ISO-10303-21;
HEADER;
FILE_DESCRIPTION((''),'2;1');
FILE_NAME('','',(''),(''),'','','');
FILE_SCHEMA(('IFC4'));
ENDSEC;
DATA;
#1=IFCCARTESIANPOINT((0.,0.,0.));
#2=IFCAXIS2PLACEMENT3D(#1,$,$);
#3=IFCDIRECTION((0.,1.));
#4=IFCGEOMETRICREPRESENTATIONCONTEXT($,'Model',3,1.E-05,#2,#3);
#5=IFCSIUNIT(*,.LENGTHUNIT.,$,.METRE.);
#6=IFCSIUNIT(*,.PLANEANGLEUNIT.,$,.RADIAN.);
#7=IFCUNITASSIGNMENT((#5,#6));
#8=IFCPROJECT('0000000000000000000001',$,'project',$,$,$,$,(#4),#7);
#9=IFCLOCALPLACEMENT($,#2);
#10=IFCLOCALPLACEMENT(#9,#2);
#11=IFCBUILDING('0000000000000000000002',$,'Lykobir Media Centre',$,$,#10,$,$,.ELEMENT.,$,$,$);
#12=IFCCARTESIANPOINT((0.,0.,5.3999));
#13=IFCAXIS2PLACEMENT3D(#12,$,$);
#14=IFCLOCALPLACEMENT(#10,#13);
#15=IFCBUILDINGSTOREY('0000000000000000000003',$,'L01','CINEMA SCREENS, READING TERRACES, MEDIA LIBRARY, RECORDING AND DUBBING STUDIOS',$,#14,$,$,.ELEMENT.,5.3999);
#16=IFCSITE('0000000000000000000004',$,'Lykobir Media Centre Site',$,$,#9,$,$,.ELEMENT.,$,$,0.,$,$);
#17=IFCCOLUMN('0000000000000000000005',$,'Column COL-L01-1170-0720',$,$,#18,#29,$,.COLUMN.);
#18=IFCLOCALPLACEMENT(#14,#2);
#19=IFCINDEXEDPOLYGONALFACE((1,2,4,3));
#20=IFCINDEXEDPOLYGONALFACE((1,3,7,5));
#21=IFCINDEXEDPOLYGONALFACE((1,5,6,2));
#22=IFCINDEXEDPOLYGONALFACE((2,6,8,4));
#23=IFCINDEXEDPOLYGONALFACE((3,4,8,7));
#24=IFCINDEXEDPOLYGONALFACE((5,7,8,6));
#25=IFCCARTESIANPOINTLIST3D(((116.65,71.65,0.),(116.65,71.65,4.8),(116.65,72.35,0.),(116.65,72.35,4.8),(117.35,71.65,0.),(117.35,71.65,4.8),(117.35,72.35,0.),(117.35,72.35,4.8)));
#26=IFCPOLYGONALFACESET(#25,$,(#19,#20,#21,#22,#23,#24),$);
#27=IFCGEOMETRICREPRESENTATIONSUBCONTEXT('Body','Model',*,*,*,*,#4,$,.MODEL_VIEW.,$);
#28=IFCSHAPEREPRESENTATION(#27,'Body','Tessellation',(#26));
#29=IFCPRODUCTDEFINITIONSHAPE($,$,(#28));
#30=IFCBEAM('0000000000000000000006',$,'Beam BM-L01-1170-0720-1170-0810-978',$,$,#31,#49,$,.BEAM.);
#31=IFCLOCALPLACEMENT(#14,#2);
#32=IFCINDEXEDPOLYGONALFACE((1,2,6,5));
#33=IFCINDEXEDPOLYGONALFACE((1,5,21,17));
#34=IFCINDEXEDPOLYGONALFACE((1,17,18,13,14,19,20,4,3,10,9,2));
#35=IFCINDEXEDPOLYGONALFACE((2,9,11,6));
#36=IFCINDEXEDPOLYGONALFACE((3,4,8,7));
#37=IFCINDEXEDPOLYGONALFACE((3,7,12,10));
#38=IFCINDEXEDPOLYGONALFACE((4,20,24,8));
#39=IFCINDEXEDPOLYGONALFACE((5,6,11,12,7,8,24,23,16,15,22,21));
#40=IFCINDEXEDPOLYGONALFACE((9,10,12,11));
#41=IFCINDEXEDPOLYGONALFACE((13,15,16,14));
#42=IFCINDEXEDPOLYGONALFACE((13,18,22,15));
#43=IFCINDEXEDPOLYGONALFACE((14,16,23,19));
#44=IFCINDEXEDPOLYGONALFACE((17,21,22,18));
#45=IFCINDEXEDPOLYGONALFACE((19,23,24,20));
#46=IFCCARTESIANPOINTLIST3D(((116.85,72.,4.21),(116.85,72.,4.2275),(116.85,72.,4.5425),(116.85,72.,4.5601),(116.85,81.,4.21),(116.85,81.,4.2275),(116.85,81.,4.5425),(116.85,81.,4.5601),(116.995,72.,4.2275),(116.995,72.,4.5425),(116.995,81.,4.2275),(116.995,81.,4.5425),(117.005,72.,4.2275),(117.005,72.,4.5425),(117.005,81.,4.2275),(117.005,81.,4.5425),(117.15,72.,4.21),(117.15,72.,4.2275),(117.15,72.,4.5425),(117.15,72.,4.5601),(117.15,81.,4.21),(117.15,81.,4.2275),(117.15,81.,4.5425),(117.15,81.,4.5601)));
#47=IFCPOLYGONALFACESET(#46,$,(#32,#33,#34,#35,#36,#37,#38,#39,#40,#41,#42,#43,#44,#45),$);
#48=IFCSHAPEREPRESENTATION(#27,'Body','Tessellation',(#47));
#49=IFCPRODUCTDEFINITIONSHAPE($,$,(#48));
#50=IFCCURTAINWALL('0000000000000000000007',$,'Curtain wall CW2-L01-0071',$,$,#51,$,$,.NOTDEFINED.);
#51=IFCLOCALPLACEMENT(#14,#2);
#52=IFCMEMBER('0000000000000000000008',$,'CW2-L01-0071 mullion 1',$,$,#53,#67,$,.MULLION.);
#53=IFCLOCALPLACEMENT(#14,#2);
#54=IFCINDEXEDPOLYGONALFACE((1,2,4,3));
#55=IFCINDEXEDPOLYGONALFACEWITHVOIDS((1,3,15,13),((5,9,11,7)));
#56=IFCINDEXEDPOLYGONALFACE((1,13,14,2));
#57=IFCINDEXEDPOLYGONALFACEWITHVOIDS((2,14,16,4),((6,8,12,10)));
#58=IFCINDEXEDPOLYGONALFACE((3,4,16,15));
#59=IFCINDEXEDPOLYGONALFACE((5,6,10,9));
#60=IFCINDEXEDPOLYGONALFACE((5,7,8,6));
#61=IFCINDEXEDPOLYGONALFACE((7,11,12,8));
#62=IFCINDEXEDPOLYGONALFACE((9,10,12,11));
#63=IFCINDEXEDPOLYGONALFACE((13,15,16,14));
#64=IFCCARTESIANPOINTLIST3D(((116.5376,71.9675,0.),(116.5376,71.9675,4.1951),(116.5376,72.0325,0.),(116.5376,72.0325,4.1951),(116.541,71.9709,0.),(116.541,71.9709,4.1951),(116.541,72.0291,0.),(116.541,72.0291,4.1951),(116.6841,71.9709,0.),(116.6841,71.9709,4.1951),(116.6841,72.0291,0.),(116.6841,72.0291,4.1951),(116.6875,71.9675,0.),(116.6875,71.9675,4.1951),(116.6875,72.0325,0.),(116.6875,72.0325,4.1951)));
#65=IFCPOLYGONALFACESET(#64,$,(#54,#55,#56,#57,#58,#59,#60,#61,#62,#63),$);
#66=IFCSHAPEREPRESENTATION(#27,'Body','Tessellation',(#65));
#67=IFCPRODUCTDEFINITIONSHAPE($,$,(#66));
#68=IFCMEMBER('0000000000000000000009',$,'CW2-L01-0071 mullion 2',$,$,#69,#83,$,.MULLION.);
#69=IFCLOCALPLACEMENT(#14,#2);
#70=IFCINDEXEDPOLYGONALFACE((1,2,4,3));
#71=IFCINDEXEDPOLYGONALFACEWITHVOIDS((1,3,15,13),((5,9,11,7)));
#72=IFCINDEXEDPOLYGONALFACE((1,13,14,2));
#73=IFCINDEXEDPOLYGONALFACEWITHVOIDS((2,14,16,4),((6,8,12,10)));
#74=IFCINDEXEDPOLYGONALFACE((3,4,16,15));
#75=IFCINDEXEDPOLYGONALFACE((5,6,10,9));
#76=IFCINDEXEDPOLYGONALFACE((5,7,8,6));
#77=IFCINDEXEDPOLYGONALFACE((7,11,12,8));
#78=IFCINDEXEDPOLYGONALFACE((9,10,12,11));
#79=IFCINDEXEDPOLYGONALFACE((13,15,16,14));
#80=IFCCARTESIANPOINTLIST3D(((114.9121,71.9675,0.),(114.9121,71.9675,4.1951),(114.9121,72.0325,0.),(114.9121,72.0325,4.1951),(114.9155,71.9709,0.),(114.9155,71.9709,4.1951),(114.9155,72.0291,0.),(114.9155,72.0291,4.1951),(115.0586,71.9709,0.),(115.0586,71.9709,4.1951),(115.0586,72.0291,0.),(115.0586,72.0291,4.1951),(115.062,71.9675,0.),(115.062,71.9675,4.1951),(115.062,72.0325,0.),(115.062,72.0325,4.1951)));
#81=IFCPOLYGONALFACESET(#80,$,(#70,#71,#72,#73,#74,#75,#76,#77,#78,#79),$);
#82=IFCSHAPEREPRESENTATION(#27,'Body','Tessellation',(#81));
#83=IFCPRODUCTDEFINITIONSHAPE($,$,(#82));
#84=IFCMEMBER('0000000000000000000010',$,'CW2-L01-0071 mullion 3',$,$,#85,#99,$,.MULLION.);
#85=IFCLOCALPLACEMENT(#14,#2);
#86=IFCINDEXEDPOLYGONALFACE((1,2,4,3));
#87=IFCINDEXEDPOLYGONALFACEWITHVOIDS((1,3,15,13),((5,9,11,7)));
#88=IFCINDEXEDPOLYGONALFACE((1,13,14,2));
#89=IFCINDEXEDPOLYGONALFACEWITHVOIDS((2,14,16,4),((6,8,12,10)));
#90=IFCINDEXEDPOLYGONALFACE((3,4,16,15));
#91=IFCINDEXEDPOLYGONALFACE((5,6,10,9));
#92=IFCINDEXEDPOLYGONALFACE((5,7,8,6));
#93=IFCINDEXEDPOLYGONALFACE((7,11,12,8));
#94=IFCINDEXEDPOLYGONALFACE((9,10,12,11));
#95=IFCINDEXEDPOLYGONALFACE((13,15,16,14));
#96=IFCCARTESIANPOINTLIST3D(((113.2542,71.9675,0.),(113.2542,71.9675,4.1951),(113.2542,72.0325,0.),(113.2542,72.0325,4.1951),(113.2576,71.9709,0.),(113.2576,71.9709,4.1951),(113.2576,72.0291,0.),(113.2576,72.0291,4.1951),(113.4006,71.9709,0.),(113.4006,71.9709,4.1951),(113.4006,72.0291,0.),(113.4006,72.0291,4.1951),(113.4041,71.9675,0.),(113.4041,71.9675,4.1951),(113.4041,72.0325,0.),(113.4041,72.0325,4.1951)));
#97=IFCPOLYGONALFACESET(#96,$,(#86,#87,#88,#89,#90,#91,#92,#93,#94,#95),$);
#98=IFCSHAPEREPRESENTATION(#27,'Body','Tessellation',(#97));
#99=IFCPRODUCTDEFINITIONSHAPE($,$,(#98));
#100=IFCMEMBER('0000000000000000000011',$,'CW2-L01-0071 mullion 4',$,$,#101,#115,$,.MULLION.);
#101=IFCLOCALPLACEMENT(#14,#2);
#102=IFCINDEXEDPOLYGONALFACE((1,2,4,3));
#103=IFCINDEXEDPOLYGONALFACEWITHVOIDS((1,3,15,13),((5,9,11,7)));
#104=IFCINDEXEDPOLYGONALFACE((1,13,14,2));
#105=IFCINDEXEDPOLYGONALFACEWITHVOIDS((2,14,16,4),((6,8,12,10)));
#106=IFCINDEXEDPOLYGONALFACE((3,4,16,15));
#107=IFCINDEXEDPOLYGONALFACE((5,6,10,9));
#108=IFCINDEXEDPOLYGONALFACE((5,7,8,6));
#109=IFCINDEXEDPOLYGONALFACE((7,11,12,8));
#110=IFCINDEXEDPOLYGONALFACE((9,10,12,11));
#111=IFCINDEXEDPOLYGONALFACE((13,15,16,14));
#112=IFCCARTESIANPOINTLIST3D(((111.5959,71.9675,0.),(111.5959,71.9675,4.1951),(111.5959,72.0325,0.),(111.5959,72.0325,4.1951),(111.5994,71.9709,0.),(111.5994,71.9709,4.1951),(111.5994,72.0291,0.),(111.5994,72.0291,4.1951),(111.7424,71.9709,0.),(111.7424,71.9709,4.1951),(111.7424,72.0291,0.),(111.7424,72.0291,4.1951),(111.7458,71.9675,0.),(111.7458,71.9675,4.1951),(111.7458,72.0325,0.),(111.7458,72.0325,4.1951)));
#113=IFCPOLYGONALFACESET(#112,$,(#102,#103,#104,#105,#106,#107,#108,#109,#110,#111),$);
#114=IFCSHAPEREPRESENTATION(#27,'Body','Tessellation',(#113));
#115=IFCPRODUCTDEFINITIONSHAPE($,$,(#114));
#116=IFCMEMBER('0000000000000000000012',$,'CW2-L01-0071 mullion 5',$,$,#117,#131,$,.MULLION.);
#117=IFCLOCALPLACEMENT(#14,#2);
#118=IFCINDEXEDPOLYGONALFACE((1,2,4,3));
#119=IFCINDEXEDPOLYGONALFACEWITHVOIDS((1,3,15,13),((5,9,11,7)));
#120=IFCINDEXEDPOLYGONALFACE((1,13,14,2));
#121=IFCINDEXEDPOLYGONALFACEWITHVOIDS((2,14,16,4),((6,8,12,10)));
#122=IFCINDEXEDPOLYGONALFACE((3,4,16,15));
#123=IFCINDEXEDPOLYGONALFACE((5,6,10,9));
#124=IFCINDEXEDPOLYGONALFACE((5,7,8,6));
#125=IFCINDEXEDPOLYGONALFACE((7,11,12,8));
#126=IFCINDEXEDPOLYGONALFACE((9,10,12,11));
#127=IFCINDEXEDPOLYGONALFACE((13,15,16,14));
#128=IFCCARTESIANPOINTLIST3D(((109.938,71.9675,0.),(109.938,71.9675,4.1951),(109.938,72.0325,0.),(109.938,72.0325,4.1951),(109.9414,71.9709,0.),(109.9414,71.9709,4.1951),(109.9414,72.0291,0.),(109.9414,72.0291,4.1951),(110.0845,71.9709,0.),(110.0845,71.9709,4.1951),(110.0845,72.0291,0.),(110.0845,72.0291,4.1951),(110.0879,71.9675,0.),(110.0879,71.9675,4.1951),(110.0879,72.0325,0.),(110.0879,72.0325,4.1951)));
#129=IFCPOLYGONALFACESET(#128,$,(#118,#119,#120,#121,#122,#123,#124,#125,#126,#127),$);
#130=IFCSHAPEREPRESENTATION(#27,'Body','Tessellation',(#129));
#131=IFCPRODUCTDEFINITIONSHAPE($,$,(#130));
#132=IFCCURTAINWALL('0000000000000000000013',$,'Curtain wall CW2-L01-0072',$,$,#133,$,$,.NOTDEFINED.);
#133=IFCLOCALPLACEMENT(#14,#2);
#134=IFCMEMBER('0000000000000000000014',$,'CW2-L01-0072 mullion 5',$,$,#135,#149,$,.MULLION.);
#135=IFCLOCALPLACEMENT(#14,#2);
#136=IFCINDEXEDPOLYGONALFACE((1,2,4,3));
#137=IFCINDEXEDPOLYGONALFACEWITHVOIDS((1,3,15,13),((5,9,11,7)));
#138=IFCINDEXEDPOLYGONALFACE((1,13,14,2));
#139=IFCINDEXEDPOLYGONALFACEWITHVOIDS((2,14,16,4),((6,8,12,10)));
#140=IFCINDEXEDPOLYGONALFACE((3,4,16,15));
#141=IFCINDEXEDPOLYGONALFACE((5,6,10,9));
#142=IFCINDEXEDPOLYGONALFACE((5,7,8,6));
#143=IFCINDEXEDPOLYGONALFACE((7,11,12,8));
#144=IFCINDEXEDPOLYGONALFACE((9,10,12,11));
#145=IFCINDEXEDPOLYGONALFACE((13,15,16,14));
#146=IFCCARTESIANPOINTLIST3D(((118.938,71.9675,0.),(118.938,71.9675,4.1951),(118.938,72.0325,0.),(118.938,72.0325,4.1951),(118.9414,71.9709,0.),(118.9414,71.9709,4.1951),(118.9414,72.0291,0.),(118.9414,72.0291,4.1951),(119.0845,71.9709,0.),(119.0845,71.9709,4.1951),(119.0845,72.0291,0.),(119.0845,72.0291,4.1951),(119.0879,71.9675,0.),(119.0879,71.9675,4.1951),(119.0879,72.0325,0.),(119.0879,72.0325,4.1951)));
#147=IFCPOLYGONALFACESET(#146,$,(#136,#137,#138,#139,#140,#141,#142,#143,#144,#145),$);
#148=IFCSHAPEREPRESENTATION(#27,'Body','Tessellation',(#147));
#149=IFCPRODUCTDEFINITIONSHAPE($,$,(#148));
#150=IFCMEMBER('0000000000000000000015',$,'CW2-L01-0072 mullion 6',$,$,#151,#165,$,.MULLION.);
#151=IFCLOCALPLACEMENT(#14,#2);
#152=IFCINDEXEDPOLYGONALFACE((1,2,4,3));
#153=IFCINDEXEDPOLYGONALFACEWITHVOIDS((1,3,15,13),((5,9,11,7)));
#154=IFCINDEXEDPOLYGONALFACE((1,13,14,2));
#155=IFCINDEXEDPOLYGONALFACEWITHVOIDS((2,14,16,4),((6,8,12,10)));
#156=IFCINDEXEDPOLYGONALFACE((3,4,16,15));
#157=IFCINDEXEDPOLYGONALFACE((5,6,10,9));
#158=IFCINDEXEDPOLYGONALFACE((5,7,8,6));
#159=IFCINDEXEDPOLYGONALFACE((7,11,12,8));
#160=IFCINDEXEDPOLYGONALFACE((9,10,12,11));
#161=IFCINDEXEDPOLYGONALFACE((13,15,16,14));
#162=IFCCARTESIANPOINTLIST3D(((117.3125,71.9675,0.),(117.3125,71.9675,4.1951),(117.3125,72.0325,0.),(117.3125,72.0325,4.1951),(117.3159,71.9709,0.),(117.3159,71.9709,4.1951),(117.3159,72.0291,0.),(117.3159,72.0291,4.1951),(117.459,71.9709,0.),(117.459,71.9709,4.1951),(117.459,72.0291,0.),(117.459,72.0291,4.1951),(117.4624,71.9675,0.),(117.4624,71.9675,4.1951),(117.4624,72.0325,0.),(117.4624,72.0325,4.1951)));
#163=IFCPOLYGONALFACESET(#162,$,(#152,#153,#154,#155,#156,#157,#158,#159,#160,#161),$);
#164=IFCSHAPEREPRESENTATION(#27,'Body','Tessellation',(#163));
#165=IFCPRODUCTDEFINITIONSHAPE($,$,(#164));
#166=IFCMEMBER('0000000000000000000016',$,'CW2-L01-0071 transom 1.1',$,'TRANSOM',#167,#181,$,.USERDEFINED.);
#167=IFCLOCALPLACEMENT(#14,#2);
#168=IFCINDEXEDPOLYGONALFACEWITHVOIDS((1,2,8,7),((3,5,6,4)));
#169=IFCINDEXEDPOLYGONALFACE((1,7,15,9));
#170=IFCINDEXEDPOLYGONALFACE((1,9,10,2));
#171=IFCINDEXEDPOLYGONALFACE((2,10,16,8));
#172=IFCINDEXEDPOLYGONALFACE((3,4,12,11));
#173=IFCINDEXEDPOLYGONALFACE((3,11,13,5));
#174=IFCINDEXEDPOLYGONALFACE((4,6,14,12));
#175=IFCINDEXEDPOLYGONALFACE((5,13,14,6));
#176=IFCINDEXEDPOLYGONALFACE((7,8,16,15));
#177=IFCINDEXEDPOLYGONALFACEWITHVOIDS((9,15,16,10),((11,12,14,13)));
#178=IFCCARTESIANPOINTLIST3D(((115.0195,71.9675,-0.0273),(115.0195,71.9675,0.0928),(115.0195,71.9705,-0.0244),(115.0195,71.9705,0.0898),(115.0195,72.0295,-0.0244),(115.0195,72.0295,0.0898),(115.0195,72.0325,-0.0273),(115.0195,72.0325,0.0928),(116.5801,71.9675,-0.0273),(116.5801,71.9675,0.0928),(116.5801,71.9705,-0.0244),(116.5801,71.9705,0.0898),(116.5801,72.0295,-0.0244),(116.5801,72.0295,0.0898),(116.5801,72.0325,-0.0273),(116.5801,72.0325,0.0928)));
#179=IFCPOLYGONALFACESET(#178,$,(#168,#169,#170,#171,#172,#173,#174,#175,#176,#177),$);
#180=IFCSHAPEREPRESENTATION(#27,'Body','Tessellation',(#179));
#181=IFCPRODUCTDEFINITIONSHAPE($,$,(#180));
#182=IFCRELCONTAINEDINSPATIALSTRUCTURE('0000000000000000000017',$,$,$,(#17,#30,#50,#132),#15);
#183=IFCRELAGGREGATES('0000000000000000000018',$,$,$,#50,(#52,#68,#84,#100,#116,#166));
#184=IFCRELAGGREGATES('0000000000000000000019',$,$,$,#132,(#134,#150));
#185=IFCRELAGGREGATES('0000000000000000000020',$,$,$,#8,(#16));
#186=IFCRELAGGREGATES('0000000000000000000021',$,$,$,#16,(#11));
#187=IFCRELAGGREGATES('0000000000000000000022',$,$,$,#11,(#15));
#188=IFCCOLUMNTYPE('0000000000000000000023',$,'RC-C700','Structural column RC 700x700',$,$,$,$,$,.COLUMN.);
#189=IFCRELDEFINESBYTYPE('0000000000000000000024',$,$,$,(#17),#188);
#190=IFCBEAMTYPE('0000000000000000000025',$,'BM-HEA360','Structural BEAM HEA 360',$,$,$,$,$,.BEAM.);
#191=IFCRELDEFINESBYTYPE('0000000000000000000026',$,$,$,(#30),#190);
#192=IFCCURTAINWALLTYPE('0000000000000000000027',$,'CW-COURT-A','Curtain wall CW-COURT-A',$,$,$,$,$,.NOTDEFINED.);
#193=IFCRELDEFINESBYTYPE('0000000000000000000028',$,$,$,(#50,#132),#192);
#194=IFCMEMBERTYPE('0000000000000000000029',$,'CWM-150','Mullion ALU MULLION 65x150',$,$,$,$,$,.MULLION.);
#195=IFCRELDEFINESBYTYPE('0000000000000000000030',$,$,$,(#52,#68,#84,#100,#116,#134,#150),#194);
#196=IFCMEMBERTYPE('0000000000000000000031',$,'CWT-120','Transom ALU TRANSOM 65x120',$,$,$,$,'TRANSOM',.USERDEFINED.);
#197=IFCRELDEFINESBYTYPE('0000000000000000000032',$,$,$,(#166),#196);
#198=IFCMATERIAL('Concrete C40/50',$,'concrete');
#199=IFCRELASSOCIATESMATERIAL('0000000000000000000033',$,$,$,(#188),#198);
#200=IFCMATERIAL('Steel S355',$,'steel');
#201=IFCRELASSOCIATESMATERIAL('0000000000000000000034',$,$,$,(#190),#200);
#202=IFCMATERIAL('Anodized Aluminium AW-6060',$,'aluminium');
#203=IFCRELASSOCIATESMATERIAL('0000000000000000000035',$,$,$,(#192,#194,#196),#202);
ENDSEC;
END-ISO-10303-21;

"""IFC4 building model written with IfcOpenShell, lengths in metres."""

from ifc_helpers import new_model, si_unit, direction, frame, origin, origin_2d, place, context, subcontext, project, spatial, rectangle, hollow_rectangle, i_section, extrude, material, material_profile, profile_set, type_object, element, aggregate, save


model = new_model("IFC4")

# Units and contexts
model_context = context("Model", 3, precision=1e-05, world=origin(), true_north=direction((0.0, 1.0)))
body_context = subcontext(model_context, "Body", "Model", "MODEL_VIEW")
ifc_project = project(units=[si_unit("LENGTHUNIT", "METRE"), si_unit("PLANEANGLEUNIT", "RADIAN")], contexts=[model_context])

# Site, building, storey
site_placement = place(None, origin())
site = spatial("IfcSite", under=ifc_project, at=site_placement, Name="Lykobir Media Centre Site", CompositionType="ELEMENT", RefElevation=0.0)
building_placement = place(site_placement, origin())
building = spatial("IfcBuilding", under=site, at=building_placement, Name="Lykobir Media Centre", CompositionType="ELEMENT")
storey_placement = place(building_placement, frame((0.0, 0.0, 5.3999)))
storey = spatial("IfcBuildingStorey", under=building, at=storey_placement, Name="L01", Description="CINEMA SCREENS, READING TERRACES, MEDIA LIBRARY, RECORDING AND DUBBING STUDIOS", CompositionType="ELEMENT", Elevation=5.3999)

# Column
ifc_material_1 = material(Name="Concrete C40/50", Category="concrete")
ifc_material_profile_1 = material_profile(ifc_material_1, rectangle(XDim=0.7, YDim=0.7, at=origin_2d()), Name="RC 700x700")
ifc_profile_set_1 = profile_set([ifc_material_profile_1], Name="Concrete C40/50")
column_type = type_object("IfcColumnType", Name="RC-C700", Description="Structural column RC 700x700", PredefinedType="COLUMN", material=ifc_profile_set_1)
column_placement = place(storey_placement, frame((117.0, 72.0, 0.0), z_axis=(0.0, 0.0, 1.0), x_axis=(1.0, 0.0, 0.0)))
element("IfcColumn", 1, at=column_placement, inside=storey, type_object=column_type, Name="Column COL-L01-1170-0720", PredefinedType="COLUMN", context=body_context, shape_type="SweptSolid", body=[
    extrude(rectangle(XDim=0.7, YDim=0.7, at=origin_2d()), origin(), (0.0, 0.0, 1.0), 4.8),
])

# Beam
ifc_material_2 = material(Name="Steel S355", Category="steel")
ifc_material_profile_2 = material_profile(ifc_material_2, i_section(OverallWidth=0.3, OverallDepth=0.3501, WebThickness=0.01, FlangeThickness=0.0176, at=origin_2d()), Name="HEA 360")
ifc_profile_set_2 = profile_set([ifc_material_profile_2], Name="Steel S355")
beam_type_1 = type_object("IfcBeamType", Name="BM-HEA360", Description="Structural BEAM HEA 360", PredefinedType="BEAM", material=ifc_profile_set_2)
beam_1_placement = place(storey_placement, frame((117.0, 72.0, 4.385), z_axis=(0.0, 1.0, 0.0), x_axis=(-1.0, 0.0, 0.0)))
element("IfcBeam", 2, at=beam_1_placement, inside=storey, type_object=beam_type_1, Name="Beam BM-L01-1170-0720-1170-0810-978", PredefinedType="BEAM", context=body_context, shape_type="SweptSolid", body=[
    extrude(i_section(OverallWidth=0.3, OverallDepth=0.3501, WebThickness=0.01, FlangeThickness=0.0176, at=origin_2d()), origin(), (0.0, 0.0, 1.0), 9.0),
])

# Curtain walls, members
ifc_material_3 = material(Name="Anodized Aluminium AW-6060", Category="aluminium")
curtain_wall_type = type_object("IfcCurtainWallType", Name="CW-COURT-A", Description="Curtain wall CW-COURT-A", PredefinedType="NOTDEFINED", material=ifc_material_3)
curtain_wall_1_placement = place(storey_placement, origin())
curtain_wall_1 = element("IfcCurtainWall", 3, at=curtain_wall_1_placement, inside=storey, type_object=curtain_wall_type, Name="Curtain wall CW2-L01-0071", PredefinedType="NOTDEFINED")
ifc_material_profile_3 = material_profile(ifc_material_3, hollow_rectangle(XDim=0.0649, YDim=0.1499, WallThickness=0.0034, at=origin_2d()), Name="ALU MULLION 65x150")
ifc_profile_set_3 = profile_set([ifc_material_profile_3], Name="Anodized Aluminium AW-6060")
member_type_1 = type_object("IfcMemberType", Name="CWM-150", Description="Mullion ALU MULLION 65x150", PredefinedType="MULLION", material=ifc_profile_set_3)
member_1_placement = place(storey_placement, frame((116.6125, 72.0, 0.0), z_axis=(0.0, 0.0, 1.0), x_axis=(0.0, -1.0, 0.0)))
member_1 = element("IfcMember", 4, at=member_1_placement, type_object=member_type_1, Name="CW2-L01-0071 mullion 1", PredefinedType="MULLION", context=body_context, shape_type="SweptSolid", body=[
    extrude(hollow_rectangle(XDim=0.0649, YDim=0.1499, WallThickness=0.0034, at=origin_2d()), origin(), (0.0, 0.0, 1.0), 4.1951),
])
member_2_placement = place(storey_placement, frame((114.9871, 72.0, 0.0), z_axis=(0.0, 0.0, 1.0), x_axis=(0.0, -1.0, 0.0)))
member_2 = element("IfcMember", 5, at=member_2_placement, type_object=member_type_1, Name="CW2-L01-0071 mullion 2", PredefinedType="MULLION", context=body_context, shape_type="SweptSolid", body=[
    extrude(hollow_rectangle(XDim=0.0649, YDim=0.1499, WallThickness=0.0034, at=origin_2d()), origin(), (0.0, 0.0, 1.0), 4.1951),
])
member_3_placement = place(storey_placement, frame((113.3291, 72.0, 0.0), z_axis=(0.0, 0.0, 1.0), x_axis=(0.0, -1.0, 0.0)))
member_3 = element("IfcMember", 6, at=member_3_placement, type_object=member_type_1, Name="CW2-L01-0071 mullion 3", PredefinedType="MULLION", context=body_context, shape_type="SweptSolid", body=[
    extrude(hollow_rectangle(XDim=0.0649, YDim=0.1499, WallThickness=0.0034, at=origin_2d()), origin(), (0.0, 0.0, 1.0), 4.1951),
])
member_4_placement = place(storey_placement, frame((111.6709, 72.0, 0.0), z_axis=(0.0, 0.0, 1.0), x_axis=(0.0, -1.0, 0.0)))
member_4 = element("IfcMember", 7, at=member_4_placement, type_object=member_type_1, Name="CW2-L01-0071 mullion 4", PredefinedType="MULLION", context=body_context, shape_type="SweptSolid", body=[
    extrude(hollow_rectangle(XDim=0.0649, YDim=0.1499, WallThickness=0.0034, at=origin_2d()), origin(), (0.0, 0.0, 1.0), 4.1951),
])
member_5_placement = place(storey_placement, frame((110.0129, 72.0, 0.0), z_axis=(0.0, 0.0, 1.0), x_axis=(0.0, -1.0, 0.0)))
member_5 = element("IfcMember", 8, at=member_5_placement, type_object=member_type_1, Name="CW2-L01-0071 mullion 5", PredefinedType="MULLION", context=body_context, shape_type="SweptSolid", body=[
    extrude(hollow_rectangle(XDim=0.0649, YDim=0.1499, WallThickness=0.0034, at=origin_2d()), origin(), (0.0, 0.0, 1.0), 4.1951),
])
curtain_wall_2_placement = place(storey_placement, origin())
curtain_wall_2 = element("IfcCurtainWall", 9, at=curtain_wall_2_placement, inside=storey, type_object=curtain_wall_type, Name="Curtain wall CW2-L01-0072", PredefinedType="NOTDEFINED")
member_6_placement = place(storey_placement, frame((119.0129, 72.0, 0.0), z_axis=(0.0, 0.0, 1.0), x_axis=(0.0, -1.0, 0.0)))
member_6 = element("IfcMember", 10, at=member_6_placement, type_object=member_type_1, Name="CW2-L01-0072 mullion 5", PredefinedType="MULLION", context=body_context, shape_type="SweptSolid", body=[
    extrude(hollow_rectangle(XDim=0.0649, YDim=0.1499, WallThickness=0.0034, at=origin_2d()), origin(), (0.0, 0.0, 1.0), 4.1951),
])
member_7_placement = place(storey_placement, frame((117.3875, 72.0, 0.0), z_axis=(0.0, 0.0, 1.0), x_axis=(0.0, -1.0, 0.0)))
member_7 = element("IfcMember", 11, at=member_7_placement, type_object=member_type_1, Name="CW2-L01-0072 mullion 6", PredefinedType="MULLION", context=body_context, shape_type="SweptSolid", body=[
    extrude(hollow_rectangle(XDim=0.0649, YDim=0.1499, WallThickness=0.0034, at=origin_2d()), origin(), (0.0, 0.0, 1.0), 4.1951),
])

# Member
ifc_material_profile_4 = material_profile(ifc_material_3, hollow_rectangle(XDim=0.0649, YDim=0.1201, WallThickness=0.0029, at=origin_2d()), Name="ALU TRANSOM 65x120")
ifc_profile_set_4 = profile_set([ifc_material_profile_4], Name="Anodized Aluminium AW-6060")
member_type_2 = type_object("IfcMemberType", Name="CWT-120", Description="Transom ALU TRANSOM 65x120", ElementType="TRANSOM", PredefinedType="USERDEFINED", material=ifc_profile_set_4)
member_8_placement = place(storey_placement, frame((116.5801, 72.0, 0.0327), z_axis=(-1.0, 0.0, 0.0), x_axis=(0.0, -1.0, 0.0)))
member_8 = element("IfcMember", 12, at=member_8_placement, type_object=member_type_2, Name="CW2-L01-0071 transom 1.1", ObjectType="TRANSOM", PredefinedType="USERDEFINED", context=body_context, shape_type="SweptSolid", body=[
    extrude(hollow_rectangle(XDim=0.0649, YDim=0.1201, WallThickness=0.0029, at=origin_2d()), origin(), (0.0, 0.0, 1.0), 1.5605),
])

aggregate(curtain_wall_1, [member_1, member_2, member_3, member_4, member_5, member_8])
aggregate(curtain_wall_2, [member_6, member_7])

save(model, "model.ifc")
